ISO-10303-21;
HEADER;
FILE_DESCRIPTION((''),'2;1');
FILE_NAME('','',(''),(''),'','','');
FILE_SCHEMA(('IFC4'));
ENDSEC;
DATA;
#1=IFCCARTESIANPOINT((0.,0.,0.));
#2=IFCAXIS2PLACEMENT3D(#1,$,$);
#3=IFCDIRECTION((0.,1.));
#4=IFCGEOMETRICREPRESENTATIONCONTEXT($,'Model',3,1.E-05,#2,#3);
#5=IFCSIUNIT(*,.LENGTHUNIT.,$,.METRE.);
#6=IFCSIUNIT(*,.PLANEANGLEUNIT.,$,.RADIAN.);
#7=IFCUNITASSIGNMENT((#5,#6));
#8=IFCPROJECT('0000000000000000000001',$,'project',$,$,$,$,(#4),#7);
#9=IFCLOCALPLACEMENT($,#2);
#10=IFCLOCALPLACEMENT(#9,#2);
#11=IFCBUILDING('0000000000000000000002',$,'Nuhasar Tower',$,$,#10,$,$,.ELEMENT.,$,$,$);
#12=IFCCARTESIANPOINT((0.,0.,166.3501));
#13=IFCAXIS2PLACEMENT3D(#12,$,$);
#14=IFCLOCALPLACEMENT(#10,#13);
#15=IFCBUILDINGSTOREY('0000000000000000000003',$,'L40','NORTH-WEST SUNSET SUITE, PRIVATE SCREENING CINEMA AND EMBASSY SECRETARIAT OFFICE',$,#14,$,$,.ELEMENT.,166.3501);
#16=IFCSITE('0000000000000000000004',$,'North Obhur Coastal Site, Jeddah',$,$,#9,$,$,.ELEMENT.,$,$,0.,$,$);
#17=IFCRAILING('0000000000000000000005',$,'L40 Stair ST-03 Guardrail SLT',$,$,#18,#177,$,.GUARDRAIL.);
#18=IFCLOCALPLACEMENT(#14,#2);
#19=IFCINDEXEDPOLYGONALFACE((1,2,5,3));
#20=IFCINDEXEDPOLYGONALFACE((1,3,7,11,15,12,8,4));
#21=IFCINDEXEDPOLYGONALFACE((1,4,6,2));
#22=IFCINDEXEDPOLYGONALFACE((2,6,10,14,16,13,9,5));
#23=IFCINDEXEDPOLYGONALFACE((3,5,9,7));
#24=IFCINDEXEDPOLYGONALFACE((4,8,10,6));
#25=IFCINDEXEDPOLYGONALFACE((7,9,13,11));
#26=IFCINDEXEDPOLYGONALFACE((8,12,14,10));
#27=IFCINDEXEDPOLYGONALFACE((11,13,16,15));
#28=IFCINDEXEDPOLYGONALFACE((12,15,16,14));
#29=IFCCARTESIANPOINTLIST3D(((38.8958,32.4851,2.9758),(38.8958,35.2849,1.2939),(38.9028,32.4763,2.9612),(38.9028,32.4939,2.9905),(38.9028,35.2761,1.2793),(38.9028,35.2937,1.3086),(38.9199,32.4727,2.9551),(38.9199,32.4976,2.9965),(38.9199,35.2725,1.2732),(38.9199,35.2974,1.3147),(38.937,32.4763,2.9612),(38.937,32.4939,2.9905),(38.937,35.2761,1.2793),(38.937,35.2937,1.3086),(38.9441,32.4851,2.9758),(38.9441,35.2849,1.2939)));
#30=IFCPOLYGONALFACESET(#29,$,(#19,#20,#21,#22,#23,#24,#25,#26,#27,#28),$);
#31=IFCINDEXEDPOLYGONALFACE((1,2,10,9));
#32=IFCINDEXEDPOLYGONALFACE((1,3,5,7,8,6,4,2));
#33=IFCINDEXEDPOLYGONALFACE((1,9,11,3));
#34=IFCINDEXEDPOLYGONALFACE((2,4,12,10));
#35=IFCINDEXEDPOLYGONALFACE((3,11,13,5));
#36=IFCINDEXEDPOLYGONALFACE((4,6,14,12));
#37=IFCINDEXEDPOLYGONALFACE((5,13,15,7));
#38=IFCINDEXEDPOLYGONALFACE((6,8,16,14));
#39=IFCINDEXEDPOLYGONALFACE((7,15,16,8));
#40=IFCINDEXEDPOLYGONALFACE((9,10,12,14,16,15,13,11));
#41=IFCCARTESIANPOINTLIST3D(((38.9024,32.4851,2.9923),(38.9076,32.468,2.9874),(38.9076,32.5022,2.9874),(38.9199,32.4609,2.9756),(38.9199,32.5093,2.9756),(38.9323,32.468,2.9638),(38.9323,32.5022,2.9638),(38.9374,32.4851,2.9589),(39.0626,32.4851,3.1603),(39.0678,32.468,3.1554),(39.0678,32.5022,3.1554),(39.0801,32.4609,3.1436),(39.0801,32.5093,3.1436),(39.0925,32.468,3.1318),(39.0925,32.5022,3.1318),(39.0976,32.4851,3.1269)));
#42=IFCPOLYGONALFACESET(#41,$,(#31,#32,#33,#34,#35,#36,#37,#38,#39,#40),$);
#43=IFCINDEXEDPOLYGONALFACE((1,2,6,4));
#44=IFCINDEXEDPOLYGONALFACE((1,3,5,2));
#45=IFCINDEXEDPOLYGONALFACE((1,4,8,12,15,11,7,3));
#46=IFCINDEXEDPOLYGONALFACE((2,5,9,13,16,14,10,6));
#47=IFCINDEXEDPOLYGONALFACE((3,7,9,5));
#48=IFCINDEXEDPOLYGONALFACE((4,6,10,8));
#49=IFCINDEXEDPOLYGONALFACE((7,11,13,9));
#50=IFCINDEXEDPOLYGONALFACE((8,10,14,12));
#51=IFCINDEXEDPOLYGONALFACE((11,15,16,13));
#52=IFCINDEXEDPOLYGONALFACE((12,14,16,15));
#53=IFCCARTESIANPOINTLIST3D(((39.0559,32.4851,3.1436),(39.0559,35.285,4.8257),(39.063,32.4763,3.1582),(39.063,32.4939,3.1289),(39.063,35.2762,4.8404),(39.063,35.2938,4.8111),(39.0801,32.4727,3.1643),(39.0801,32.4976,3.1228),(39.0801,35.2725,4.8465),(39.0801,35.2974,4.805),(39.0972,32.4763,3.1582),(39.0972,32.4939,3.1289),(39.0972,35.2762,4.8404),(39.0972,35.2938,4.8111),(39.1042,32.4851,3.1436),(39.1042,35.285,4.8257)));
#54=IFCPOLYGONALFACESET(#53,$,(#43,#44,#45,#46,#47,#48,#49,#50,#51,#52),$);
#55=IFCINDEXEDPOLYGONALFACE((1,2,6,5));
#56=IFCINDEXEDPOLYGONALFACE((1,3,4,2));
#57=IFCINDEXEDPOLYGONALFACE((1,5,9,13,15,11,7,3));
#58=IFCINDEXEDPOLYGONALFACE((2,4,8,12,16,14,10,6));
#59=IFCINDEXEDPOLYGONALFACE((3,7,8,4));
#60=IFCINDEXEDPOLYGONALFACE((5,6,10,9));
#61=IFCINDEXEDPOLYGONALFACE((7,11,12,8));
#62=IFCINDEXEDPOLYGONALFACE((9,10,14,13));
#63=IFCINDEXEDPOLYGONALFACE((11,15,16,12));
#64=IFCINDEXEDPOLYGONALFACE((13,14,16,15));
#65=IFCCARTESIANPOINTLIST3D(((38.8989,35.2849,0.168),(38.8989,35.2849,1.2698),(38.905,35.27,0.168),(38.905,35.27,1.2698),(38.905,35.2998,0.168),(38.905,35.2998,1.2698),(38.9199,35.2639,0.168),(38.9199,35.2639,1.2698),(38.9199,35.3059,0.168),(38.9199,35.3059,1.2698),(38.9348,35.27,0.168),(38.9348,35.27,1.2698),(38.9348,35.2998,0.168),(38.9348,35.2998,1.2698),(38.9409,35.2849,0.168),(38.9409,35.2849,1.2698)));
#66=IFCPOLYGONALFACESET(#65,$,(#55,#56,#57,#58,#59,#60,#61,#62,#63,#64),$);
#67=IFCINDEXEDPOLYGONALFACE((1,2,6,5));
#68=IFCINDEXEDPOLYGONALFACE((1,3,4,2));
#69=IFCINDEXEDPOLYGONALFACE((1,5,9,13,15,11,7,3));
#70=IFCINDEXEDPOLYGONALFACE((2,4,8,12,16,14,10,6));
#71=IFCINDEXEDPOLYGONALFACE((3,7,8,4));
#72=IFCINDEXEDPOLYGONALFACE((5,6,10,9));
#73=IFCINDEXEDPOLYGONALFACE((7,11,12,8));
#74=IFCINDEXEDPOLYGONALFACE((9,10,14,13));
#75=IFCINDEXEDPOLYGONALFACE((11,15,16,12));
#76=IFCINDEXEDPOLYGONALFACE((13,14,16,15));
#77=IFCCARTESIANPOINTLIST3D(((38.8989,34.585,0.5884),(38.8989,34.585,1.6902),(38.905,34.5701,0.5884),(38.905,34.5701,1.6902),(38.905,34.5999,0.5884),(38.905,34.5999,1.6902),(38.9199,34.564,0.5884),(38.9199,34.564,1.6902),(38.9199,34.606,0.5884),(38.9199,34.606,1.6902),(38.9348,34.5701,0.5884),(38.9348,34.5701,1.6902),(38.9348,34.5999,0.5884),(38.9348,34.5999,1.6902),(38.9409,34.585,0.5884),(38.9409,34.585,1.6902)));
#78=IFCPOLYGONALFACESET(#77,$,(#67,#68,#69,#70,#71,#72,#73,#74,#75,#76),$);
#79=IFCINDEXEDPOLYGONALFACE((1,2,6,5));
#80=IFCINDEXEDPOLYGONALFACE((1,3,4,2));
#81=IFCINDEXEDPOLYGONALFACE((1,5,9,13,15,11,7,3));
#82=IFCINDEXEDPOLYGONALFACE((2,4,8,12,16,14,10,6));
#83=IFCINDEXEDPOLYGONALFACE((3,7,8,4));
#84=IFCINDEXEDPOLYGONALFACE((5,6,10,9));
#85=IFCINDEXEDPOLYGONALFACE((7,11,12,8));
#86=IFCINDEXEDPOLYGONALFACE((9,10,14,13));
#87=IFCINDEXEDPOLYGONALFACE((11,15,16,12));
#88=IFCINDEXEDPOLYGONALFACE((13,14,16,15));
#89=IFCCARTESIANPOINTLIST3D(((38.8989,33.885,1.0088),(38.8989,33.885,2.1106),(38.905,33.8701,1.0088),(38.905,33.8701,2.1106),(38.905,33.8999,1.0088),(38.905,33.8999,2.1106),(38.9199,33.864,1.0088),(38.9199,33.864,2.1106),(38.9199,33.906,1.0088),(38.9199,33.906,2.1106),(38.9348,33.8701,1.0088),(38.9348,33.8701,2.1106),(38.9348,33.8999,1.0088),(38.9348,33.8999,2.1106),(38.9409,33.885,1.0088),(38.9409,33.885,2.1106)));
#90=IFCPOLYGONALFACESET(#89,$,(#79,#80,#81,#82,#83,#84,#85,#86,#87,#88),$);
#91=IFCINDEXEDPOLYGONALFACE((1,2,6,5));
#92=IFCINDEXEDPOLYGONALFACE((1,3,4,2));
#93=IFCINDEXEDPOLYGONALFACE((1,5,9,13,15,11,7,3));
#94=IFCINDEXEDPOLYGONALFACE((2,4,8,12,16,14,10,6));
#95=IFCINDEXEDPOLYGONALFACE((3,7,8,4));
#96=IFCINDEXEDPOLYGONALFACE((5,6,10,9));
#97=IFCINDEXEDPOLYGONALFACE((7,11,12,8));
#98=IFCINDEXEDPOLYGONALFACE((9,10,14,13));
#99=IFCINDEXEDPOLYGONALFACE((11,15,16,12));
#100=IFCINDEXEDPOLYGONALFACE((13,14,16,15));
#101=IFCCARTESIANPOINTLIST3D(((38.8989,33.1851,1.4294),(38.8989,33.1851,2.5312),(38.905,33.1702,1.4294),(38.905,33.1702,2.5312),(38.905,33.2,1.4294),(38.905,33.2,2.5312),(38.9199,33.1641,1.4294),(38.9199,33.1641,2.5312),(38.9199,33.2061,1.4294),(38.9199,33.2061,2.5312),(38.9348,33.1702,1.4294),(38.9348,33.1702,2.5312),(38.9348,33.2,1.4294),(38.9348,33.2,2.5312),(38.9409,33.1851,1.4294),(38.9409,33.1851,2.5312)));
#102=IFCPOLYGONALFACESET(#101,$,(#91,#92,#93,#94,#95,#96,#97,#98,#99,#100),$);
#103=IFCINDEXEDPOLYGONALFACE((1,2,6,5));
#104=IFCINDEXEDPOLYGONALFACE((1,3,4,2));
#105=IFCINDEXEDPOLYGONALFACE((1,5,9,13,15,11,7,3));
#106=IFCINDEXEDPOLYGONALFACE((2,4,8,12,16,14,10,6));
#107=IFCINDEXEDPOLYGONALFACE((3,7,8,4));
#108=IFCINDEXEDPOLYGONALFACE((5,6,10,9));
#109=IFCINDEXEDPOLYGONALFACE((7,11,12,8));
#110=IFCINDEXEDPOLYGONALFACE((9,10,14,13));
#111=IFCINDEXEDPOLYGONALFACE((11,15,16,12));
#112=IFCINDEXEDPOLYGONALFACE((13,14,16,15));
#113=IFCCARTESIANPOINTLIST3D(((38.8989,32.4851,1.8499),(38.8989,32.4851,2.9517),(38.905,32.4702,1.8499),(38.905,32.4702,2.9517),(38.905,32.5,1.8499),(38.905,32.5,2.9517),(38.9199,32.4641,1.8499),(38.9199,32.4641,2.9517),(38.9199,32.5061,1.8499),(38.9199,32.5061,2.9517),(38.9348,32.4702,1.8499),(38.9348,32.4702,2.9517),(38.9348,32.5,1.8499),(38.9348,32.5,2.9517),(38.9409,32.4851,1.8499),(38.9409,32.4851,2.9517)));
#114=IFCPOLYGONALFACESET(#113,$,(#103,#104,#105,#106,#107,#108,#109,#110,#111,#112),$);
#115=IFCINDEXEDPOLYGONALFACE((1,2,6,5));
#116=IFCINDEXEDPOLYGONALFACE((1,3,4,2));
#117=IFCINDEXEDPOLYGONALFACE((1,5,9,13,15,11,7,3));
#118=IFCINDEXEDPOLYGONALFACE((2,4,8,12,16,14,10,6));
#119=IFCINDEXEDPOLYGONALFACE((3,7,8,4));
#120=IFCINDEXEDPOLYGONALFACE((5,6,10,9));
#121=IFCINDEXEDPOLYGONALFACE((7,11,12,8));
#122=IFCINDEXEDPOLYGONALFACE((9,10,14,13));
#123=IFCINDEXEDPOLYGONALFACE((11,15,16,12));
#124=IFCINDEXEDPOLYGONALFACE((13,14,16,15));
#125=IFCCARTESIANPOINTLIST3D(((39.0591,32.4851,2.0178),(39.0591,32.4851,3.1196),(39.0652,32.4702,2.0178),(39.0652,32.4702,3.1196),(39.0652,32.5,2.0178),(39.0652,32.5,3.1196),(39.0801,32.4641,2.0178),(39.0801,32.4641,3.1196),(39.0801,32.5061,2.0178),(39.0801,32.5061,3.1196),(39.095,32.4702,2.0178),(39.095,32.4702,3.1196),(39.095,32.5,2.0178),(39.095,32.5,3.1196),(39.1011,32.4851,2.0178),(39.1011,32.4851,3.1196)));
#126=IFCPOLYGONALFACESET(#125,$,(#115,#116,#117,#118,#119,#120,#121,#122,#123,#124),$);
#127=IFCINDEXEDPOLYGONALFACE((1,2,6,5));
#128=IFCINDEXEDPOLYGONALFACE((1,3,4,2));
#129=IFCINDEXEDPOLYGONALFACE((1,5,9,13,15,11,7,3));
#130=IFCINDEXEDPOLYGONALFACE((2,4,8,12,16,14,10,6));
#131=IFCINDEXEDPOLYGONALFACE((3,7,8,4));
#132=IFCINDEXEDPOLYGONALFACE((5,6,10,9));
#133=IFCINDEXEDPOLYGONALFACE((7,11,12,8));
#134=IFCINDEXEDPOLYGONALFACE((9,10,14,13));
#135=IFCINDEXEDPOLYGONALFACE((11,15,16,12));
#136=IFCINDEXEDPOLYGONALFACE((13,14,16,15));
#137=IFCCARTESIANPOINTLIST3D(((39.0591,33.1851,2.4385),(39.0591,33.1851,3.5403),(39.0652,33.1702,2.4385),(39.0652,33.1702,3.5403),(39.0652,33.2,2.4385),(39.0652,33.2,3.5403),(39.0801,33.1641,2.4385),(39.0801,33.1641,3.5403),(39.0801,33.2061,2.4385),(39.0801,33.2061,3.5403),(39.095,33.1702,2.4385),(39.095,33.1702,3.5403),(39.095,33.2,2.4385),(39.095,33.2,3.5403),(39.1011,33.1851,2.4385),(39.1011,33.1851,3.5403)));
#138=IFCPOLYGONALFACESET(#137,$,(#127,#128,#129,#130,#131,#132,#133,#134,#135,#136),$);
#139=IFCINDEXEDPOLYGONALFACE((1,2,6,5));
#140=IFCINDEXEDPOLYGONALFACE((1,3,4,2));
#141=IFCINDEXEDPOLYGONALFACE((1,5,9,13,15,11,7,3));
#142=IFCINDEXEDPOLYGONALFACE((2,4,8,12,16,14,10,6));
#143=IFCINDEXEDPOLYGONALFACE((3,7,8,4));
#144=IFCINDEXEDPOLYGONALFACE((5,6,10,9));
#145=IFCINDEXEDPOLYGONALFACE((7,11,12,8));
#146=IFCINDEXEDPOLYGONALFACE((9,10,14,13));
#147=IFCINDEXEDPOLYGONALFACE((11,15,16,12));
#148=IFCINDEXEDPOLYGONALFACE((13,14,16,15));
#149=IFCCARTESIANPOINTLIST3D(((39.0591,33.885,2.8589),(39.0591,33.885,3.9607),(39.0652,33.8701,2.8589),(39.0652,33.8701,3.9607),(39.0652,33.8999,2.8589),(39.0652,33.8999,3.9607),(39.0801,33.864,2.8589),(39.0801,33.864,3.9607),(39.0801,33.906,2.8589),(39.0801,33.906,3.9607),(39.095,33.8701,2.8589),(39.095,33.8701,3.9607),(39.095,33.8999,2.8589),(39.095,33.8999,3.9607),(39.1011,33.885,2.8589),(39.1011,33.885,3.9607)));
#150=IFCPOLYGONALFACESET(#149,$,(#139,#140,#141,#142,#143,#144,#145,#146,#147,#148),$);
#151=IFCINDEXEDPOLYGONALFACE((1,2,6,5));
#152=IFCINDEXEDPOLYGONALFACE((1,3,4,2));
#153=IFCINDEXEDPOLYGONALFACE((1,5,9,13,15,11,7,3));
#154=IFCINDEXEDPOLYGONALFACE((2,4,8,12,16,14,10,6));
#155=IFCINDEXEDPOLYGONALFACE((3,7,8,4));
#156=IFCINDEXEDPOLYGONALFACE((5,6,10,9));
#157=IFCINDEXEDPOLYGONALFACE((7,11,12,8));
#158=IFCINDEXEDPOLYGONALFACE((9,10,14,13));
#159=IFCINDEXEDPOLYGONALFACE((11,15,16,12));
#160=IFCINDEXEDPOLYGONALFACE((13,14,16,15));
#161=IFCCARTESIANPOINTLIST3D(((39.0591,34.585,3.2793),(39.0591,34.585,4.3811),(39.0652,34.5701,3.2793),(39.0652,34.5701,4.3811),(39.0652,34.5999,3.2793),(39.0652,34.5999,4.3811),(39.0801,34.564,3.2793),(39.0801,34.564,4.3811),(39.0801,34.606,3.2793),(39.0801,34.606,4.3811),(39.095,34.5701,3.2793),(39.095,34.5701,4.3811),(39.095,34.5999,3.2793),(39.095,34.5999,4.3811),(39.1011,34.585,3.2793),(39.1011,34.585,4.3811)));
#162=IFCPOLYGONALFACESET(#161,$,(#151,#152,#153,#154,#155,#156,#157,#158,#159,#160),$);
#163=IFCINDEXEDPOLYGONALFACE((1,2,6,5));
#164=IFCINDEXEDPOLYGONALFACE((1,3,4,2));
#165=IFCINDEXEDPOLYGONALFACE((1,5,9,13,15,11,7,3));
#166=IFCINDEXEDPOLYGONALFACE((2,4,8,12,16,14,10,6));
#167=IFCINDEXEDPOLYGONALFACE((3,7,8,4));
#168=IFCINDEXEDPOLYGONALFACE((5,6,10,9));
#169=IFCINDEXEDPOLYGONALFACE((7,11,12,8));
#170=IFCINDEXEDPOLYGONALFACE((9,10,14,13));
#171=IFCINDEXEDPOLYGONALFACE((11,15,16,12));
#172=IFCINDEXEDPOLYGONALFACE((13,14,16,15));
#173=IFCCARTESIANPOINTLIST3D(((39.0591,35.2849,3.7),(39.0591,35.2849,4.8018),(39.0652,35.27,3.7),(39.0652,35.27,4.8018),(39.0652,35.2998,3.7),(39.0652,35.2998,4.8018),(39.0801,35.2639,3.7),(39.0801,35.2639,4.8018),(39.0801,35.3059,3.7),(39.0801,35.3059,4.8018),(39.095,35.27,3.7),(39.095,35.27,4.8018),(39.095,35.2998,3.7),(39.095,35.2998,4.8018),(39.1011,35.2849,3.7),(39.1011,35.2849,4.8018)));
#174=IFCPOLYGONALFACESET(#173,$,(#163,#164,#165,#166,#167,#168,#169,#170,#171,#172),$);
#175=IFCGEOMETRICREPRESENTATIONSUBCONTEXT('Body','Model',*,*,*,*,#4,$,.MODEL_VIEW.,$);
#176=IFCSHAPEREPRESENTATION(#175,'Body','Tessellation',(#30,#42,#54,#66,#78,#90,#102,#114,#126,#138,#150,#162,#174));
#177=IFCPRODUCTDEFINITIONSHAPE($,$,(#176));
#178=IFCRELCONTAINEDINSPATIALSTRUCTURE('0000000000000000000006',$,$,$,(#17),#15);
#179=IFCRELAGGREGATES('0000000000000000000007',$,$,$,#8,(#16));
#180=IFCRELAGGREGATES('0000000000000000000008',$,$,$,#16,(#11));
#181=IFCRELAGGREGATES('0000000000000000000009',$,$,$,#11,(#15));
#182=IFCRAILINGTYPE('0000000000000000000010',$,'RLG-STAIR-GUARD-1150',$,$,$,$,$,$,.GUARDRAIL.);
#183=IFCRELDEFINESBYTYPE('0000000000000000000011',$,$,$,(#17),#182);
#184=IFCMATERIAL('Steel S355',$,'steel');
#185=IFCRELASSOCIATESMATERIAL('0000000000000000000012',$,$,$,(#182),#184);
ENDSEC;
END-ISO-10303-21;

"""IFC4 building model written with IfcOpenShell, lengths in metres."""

from ifc_helpers import new_model, si_unit, direction, frame, origin, place, context, subcontext, project, spatial, polyline, outline, extrude, material, type_object, element, save


model = new_model("IFC4")

# Units and contexts
model_context = context("Model", 3, precision=1e-05, world=origin(), true_north=direction((0.0, 1.0)))
body_context = subcontext(model_context, "Body", "Model", "MODEL_VIEW")
ifc_project = project(units=[si_unit("LENGTHUNIT", "METRE"), si_unit("PLANEANGLEUNIT", "RADIAN")], contexts=[model_context])

# Site, building, storey
site_placement = place(None, origin())
site = spatial("IfcSite", under=ifc_project, at=site_placement, Name="North Obhur Coastal Site, Jeddah", CompositionType="ELEMENT", RefElevation=0.0)
building_placement = place(site_placement, origin())
building = spatial("IfcBuilding", under=site, at=building_placement, Name="Nuhasar Tower", CompositionType="ELEMENT")
storey_placement = place(building_placement, frame((0.0, 0.0, 166.3501)))
storey = spatial("IfcBuildingStorey", under=building, at=storey_placement, Name="L40", Description="NORTH-WEST SUNSET SUITE, PRIVATE SCREENING CINEMA AND EMBASSY SECRETARIAT OFFICE", CompositionType="ELEMENT", Elevation=166.3501)

# Shared definitions
ifc_material_1 = material(Name="Steel S355", Category="steel")

# Railing
railing_type_1 = type_object("IfcRailingType", Name="RLG-STAIR-GUARD-1150", PredefinedType="GUARDRAIL", material=ifc_material_1)
railing_1_placement = place(storey_placement, frame((38.9199, 35.2849, 0.168)))
element("IfcRailing", 1, at=railing_1_placement, inside=storey, type_object=railing_type_1, Name="L40 Stair ST-03 Guardrail SLT", PredefinedType="GUARDRAIL", context=body_context, shape_type="SweptSolid", body=[
    extrude(outline(polyline([(0.0242, 0.0), (0.0171, 0.0171), (0.0, 0.0242), (-0.0171, 0.0171), (-0.0242, 0.0), (-0.0171, -0.0171), (0.0, -0.0242), (0.0171, -0.0171), (0.0242, 0.0)])), frame((0.0, 0.0, 1.126), z_axis=(0.0, -0.857222, 0.514946), x_axis=(1.0, 0.0, 0.0)), (0.0, 0.0, 1.0), 3.2661),
    extrude(outline(polyline([(0.0242, 0.0), (0.0171, 0.0171), (0.0, 0.0242), (-0.0171, 0.0171), (-0.0242, 0.0), (-0.0171, -0.0171), (0.0, -0.0242), (0.0171, -0.0171), (0.0242, 0.0)])), frame((0.0, -2.7998, 2.8076), z_axis=(0.690075, 0.0, 0.723738), x_axis=(0.0, 1.0, 0.0)), (0.0, 0.0, 1.0), 0.2322),
    extrude(outline(polyline([(0.0242, 0.0), (0.0171, 0.0171), (0.0, 0.0242), (-0.0171, 0.0171), (-0.0242, 0.0), (-0.0171, -0.0171), (0.0, -0.0242), (0.0171, -0.0171), (0.0242, 0.0)])), frame((0.1602, -2.7998, 2.9756), z_axis=(0.0, 0.857189, 0.515001), x_axis=(-1.0, 0.0, 0.0)), (0.0, 0.0, 1.0), 3.2664),
    extrude(outline(polyline([(0.021, 0.0), (0.0149, 0.0149), (0.0, 0.021), (-0.0149, 0.0149), (-0.021, 0.0), (-0.0149, -0.0149), (0.0, -0.021), (0.0149, -0.0149), (0.021, 0.0)])), origin(), (0.0, 0.0, 1.0), 1.1018),
    extrude(outline(polyline([(0.021, 0.0), (0.0149, 0.0149), (0.0, 0.021), (-0.0149, 0.0149), (-0.021, 0.0), (-0.0149, -0.0149), (0.0, -0.021), (0.0149, -0.0149), (0.021, 0.0)])), frame((0.0, -0.7, 0.4204)), (0.0, 0.0, 1.0), 1.1018),
    extrude(outline(polyline([(0.021, 0.0), (0.0149, 0.0149), (0.0, 0.021), (-0.0149, 0.0149), (-0.021, 0.0), (-0.0149, -0.0149), (0.0, -0.021), (0.0149, -0.0149), (0.021, 0.0)])), frame((0.0, -1.3999, 0.8408)), (0.0, 0.0, 1.0), 1.1018),
    extrude(outline(polyline([(0.021, 0.0), (0.0149, 0.0149), (0.0, 0.021), (-0.0149, 0.0149), (-0.021, 0.0), (-0.0149, -0.0149), (0.0, -0.021), (0.0149, -0.0149), (0.021, 0.0)])), frame((0.0, -2.0999, 1.2615)), (0.0, 0.0, 1.0), 1.1018),
    extrude(outline(polyline([(0.021, 0.0), (0.0149, 0.0149), (0.0, 0.021), (-0.0149, 0.0149), (-0.021, 0.0), (-0.0149, -0.0149), (0.0, -0.021), (0.0149, -0.0149), (0.021, 0.0)])), frame((0.0, -2.7998, 1.6819)), (0.0, 0.0, 1.0), 1.1018),
    extrude(outline(polyline([(0.021, 0.0), (0.0149, 0.0149), (0.0, 0.021), (-0.0149, 0.0149), (-0.021, 0.0), (-0.0149, -0.0149), (0.0, -0.021), (0.0149, -0.0149), (0.021, 0.0)])), frame((0.1602, -2.7998, 1.8499)), (0.0, 0.0, 1.0), 1.1018),
    extrude(outline(polyline([(0.021, 0.0), (0.0149, 0.0149), (0.0, 0.021), (-0.0149, 0.0149), (-0.021, 0.0), (-0.0149, -0.0149), (0.0, -0.021), (0.0149, -0.0149), (0.021, 0.0)])), frame((0.1602, -2.0999, 2.2705)), (0.0, 0.0, 1.0), 1.1018),
    extrude(outline(polyline([(0.021, 0.0), (0.0149, 0.0149), (0.0, 0.021), (-0.0149, 0.0149), (-0.021, 0.0), (-0.0149, -0.0149), (0.0, -0.021), (0.0149, -0.0149), (0.021, 0.0)])), frame((0.1602, -1.3999, 2.6909)), (0.0, 0.0, 1.0), 1.1018),
    extrude(outline(polyline([(0.021, 0.0), (0.0149, 0.0149), (0.0, 0.021), (-0.0149, 0.0149), (-0.021, 0.0), (-0.0149, -0.0149), (0.0, -0.021), (0.0149, -0.0149), (0.021, 0.0)])), frame((0.1602, -0.7, 3.1113)), (0.0, 0.0, 1.0), 1.1018),
    extrude(outline(polyline([(0.021, 0.0), (0.0149, 0.0149), (0.0, 0.021), (-0.0149, 0.0149), (-0.021, 0.0), (-0.0149, -0.0149), (0.0, -0.021), (0.0149, -0.0149), (0.021, 0.0)])), frame((0.1602, 0.0, 3.532)), (0.0, 0.0, 1.0), 1.1018),
])

save(model, "model.ifc")
